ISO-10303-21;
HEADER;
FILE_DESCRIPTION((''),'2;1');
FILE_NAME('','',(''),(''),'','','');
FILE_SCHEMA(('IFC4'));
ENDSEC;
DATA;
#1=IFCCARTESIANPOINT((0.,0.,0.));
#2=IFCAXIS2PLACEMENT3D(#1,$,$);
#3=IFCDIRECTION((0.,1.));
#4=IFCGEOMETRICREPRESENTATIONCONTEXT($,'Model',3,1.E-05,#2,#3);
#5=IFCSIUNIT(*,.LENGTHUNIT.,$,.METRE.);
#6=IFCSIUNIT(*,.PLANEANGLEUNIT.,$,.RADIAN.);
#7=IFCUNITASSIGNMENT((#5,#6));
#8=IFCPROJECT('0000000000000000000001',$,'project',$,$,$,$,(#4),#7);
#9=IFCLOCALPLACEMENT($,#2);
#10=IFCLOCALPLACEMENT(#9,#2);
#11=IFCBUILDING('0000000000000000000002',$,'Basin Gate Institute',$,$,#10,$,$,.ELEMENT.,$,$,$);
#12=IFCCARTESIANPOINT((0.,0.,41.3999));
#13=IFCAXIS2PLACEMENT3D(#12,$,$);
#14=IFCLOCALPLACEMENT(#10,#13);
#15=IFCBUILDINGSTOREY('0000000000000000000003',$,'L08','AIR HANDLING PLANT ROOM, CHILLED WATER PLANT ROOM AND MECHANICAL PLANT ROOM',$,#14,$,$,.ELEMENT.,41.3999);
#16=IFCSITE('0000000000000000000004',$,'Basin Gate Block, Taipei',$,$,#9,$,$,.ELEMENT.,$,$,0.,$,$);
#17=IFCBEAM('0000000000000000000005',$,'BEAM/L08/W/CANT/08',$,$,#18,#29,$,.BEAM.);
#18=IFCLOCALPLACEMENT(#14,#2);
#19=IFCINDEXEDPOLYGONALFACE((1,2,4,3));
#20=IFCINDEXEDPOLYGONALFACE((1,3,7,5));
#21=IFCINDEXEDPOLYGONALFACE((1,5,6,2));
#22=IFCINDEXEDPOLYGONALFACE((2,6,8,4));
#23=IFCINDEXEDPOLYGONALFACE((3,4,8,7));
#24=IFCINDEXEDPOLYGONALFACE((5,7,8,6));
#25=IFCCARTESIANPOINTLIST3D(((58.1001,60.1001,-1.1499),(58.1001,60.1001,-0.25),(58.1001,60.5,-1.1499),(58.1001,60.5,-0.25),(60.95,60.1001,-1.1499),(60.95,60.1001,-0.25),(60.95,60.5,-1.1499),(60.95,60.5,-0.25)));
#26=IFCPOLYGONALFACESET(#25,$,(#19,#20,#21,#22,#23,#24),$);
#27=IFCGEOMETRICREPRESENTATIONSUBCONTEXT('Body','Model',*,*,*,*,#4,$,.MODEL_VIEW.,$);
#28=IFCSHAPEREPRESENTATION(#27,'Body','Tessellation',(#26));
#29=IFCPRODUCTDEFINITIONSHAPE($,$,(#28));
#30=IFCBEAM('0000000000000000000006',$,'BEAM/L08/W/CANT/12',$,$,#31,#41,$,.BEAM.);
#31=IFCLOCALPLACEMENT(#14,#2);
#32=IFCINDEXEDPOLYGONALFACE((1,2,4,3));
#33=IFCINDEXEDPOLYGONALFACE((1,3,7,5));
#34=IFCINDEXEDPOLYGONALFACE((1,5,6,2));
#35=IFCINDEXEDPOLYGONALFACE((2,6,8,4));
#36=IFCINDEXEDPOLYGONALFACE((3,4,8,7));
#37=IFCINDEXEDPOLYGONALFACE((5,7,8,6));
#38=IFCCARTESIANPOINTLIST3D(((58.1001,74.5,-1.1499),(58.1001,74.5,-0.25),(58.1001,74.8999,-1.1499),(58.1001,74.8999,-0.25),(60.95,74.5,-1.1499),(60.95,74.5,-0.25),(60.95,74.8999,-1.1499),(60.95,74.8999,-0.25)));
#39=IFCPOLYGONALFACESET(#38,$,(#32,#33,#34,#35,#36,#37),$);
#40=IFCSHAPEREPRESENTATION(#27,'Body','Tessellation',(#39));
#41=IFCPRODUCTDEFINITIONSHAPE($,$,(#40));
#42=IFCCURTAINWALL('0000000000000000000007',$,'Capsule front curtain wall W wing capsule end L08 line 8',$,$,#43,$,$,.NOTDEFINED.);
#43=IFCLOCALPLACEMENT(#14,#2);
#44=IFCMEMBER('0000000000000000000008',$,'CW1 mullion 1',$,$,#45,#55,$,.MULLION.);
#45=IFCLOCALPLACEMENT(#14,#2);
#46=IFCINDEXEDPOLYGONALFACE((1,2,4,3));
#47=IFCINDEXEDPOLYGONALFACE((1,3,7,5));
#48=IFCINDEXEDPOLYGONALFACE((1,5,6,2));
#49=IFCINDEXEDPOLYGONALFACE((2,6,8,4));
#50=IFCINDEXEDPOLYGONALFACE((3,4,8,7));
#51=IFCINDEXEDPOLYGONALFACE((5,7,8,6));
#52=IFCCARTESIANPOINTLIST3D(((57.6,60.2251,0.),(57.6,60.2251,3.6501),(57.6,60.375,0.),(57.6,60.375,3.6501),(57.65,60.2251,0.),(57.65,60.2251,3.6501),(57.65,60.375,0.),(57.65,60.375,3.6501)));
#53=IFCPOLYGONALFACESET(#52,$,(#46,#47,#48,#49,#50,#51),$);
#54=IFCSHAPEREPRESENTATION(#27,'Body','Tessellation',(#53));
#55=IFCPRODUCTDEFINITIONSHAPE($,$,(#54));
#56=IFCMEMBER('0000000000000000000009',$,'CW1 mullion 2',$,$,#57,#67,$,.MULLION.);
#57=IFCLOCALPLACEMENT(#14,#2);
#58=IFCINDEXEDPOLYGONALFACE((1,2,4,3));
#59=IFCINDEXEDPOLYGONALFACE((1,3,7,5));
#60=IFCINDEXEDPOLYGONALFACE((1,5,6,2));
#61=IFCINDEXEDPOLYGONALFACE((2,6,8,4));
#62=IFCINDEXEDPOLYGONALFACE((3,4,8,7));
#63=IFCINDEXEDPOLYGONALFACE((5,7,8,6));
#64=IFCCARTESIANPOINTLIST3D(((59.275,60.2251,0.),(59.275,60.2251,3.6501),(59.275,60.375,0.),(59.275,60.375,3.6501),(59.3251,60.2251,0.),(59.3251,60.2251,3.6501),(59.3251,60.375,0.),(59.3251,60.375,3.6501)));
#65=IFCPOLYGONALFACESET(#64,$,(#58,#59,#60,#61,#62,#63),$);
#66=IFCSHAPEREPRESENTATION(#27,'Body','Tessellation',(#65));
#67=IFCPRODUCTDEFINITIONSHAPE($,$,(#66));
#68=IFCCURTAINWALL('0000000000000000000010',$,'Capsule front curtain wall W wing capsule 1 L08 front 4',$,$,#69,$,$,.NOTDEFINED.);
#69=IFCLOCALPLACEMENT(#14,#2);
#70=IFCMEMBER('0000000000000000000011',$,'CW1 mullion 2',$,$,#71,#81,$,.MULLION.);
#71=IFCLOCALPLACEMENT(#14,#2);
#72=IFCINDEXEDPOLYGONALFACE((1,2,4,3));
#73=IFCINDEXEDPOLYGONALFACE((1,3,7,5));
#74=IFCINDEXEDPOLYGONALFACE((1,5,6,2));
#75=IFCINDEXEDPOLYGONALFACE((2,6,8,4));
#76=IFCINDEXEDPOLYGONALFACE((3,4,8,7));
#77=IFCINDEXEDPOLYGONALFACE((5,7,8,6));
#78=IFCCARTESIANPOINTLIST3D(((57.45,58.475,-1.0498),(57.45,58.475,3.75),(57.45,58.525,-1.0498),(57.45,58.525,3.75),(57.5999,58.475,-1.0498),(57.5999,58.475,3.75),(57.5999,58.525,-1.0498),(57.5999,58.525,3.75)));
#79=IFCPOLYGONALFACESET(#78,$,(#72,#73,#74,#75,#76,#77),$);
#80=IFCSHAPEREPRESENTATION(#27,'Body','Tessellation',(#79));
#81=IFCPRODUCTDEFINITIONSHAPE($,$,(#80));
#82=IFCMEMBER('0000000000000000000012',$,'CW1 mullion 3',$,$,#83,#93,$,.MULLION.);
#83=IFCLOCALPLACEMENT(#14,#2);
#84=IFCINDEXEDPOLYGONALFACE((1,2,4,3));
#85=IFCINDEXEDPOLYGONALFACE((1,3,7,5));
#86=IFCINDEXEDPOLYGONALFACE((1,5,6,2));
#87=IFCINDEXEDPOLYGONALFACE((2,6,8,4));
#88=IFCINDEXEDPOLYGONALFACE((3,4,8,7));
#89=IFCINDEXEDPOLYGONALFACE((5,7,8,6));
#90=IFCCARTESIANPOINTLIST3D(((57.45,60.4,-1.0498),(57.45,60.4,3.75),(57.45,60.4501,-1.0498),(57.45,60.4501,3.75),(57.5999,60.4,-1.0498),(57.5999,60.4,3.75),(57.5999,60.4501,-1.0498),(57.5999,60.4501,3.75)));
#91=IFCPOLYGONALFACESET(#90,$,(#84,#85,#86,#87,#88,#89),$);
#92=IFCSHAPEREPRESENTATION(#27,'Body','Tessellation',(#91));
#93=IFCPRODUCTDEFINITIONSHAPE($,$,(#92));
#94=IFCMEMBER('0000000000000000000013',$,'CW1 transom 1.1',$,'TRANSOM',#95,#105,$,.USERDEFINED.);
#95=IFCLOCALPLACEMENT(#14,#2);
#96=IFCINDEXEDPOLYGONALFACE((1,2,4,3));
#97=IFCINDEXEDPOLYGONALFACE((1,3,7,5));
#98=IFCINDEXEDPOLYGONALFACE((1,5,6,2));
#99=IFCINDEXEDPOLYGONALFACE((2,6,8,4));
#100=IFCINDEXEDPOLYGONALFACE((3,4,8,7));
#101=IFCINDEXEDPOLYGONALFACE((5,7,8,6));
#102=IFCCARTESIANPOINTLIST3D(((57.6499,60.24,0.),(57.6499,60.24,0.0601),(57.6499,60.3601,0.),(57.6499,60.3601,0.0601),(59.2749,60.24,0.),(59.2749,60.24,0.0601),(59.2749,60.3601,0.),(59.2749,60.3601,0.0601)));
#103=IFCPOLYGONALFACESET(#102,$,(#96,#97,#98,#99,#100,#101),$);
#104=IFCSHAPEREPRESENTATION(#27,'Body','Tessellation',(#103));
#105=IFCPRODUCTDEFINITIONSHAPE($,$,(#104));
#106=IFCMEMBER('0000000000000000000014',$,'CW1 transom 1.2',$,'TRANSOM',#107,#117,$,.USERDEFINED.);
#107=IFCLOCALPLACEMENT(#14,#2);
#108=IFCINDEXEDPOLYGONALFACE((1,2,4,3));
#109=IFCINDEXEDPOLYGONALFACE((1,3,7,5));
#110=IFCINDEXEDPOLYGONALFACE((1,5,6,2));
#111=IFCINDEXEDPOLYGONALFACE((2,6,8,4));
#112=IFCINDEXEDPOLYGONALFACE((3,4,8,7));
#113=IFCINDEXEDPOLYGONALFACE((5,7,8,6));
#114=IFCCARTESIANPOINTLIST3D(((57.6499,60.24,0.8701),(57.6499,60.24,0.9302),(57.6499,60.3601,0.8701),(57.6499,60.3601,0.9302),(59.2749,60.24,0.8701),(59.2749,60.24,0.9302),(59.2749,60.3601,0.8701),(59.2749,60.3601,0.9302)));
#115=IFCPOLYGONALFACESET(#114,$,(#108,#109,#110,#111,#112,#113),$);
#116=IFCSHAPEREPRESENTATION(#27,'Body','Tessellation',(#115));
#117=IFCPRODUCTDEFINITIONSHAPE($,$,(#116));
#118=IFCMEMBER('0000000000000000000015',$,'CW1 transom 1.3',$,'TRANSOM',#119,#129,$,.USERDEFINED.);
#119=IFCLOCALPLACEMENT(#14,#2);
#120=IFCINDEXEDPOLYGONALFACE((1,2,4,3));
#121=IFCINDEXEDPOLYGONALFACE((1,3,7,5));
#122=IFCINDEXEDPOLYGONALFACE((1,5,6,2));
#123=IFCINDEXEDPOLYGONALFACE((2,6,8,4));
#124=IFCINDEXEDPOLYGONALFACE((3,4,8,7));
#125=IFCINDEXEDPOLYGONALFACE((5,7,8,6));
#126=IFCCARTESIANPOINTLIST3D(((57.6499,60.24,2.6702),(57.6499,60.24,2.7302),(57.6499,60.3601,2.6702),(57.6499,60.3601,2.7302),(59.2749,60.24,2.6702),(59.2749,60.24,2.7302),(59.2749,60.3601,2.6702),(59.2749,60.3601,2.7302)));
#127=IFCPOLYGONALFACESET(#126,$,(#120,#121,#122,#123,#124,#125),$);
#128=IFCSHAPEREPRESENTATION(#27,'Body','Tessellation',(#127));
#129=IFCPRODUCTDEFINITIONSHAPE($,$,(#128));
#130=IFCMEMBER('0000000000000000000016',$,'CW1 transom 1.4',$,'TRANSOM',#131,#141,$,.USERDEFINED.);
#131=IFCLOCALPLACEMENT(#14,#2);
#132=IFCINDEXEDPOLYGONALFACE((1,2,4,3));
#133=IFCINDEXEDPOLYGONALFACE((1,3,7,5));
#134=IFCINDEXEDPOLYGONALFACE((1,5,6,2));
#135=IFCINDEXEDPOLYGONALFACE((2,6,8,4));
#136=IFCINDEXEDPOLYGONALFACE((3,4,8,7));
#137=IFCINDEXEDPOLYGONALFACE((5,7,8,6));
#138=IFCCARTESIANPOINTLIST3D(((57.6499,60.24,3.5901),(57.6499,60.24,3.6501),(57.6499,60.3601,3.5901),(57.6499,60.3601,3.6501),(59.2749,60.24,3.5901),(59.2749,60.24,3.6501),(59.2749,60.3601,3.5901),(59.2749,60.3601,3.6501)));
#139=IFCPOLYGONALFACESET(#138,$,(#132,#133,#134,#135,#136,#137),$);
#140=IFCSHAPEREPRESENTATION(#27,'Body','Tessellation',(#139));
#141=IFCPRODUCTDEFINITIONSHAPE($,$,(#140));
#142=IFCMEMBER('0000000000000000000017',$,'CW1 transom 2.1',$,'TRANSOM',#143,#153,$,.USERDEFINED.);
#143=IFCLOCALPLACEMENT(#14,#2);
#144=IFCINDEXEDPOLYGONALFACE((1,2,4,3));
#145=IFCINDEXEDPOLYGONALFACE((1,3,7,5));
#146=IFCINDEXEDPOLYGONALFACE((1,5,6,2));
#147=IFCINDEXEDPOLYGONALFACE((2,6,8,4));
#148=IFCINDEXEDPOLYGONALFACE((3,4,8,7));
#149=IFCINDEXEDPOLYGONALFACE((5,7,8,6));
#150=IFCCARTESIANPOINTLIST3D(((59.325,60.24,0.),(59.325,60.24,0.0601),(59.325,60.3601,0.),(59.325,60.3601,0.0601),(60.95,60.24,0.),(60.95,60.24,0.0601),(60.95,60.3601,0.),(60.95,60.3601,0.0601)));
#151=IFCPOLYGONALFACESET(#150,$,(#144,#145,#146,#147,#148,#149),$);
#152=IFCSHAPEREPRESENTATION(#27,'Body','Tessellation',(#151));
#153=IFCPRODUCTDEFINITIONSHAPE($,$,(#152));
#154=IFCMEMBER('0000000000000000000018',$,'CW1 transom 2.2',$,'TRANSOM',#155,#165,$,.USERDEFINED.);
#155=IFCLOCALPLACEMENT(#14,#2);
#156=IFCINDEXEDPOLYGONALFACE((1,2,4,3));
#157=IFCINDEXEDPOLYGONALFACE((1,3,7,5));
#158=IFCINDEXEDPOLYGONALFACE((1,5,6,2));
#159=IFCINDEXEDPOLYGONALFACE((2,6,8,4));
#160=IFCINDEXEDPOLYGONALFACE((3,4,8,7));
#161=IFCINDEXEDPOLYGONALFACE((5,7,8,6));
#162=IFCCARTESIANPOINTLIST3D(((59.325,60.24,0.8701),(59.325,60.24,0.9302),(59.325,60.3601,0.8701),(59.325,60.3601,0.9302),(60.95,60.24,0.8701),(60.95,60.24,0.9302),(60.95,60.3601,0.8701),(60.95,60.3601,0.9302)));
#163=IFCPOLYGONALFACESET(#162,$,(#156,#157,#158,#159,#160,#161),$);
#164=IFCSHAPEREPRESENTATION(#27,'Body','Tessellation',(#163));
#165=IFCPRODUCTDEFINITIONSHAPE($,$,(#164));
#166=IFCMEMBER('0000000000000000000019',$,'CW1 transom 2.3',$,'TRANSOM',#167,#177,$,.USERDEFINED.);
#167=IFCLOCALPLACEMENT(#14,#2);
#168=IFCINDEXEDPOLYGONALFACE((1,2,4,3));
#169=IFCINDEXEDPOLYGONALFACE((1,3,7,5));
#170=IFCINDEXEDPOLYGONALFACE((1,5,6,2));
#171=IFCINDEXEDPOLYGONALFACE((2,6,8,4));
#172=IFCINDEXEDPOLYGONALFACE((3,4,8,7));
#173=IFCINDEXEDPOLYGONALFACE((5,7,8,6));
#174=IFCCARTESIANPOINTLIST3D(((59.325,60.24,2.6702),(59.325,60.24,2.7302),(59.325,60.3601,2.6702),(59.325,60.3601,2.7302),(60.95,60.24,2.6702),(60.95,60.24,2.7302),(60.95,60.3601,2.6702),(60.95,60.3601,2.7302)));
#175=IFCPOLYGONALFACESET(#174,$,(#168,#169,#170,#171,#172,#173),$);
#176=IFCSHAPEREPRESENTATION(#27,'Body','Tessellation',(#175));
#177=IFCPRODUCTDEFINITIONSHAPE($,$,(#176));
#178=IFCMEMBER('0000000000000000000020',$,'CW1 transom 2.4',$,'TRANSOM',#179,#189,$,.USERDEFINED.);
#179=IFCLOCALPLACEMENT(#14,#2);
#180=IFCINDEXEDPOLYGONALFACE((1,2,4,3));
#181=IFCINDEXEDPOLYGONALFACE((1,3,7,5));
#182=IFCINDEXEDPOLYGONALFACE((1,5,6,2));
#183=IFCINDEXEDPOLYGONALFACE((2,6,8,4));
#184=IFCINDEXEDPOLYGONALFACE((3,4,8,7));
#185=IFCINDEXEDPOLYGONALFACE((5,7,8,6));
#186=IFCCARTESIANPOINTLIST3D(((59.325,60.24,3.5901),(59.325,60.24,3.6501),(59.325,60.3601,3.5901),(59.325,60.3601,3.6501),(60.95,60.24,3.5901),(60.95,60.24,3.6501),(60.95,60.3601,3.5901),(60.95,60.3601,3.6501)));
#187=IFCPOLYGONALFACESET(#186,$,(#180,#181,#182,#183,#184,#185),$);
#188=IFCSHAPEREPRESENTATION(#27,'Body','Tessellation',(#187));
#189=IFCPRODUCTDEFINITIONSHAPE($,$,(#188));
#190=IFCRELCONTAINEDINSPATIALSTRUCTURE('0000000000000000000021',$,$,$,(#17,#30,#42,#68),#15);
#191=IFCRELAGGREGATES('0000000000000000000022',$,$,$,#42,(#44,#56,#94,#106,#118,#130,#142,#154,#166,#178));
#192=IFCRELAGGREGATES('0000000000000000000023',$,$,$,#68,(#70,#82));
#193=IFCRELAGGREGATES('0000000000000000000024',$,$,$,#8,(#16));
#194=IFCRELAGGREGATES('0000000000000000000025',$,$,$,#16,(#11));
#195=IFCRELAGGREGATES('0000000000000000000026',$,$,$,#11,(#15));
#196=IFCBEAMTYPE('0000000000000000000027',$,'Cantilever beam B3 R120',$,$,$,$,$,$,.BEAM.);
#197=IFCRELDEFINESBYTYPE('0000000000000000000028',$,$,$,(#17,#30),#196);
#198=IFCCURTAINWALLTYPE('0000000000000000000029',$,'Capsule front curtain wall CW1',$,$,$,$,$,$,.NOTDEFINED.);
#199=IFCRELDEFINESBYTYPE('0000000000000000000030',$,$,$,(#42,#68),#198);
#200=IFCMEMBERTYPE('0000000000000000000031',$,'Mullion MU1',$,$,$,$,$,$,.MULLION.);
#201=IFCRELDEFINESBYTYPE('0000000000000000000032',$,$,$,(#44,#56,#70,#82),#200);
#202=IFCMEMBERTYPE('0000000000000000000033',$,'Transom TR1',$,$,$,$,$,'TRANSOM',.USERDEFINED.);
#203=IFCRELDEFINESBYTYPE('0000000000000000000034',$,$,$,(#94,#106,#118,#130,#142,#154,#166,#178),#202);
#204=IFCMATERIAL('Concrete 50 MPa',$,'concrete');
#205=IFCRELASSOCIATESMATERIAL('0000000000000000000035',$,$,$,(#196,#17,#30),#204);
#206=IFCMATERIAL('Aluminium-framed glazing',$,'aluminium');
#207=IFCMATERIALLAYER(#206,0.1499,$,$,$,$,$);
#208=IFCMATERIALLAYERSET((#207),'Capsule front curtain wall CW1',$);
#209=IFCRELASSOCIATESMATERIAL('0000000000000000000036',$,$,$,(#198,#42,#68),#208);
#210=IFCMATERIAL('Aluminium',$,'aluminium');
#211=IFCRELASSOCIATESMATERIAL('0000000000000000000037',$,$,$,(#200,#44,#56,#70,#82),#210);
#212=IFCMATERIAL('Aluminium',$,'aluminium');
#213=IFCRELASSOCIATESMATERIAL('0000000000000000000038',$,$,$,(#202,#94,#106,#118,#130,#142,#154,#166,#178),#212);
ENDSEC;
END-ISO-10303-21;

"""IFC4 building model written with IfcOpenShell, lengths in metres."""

from ifc_helpers import new_model, si_unit, direction, frame, origin, origin_2d, place, context, subcontext, project, spatial, rectangle, extrude, material, layer, layer_set, material_profile, profile_set, type_object, element, aggregate, save


model = new_model("IFC4")

# Units and contexts
model_context = context("Model", 3, precision=1e-05, world=origin(), true_north=direction((0.0, 1.0)))
body_context = subcontext(model_context, "Body", "Model", "MODEL_VIEW")
ifc_project = project(units=[si_unit("LENGTHUNIT", "METRE"), si_unit("PLANEANGLEUNIT", "RADIAN")], contexts=[model_context])

# Site, building, storey
site_placement = place(None, origin())
site = spatial("IfcSite", under=ifc_project, at=site_placement, Name="Basin Gate Block, Taipei", CompositionType="ELEMENT", RefElevation=0.0)
building_placement = place(site_placement, origin())
building = spatial("IfcBuilding", under=site, at=building_placement, Name="Basin Gate Institute", CompositionType="ELEMENT")
storey_placement = place(building_placement, frame((0.0, 0.0, 41.3999)))
storey = spatial("IfcBuildingStorey", under=building, at=storey_placement, Name="L08", Description="AIR HANDLING PLANT ROOM, CHILLED WATER PLANT ROOM AND MECHANICAL PLANT ROOM", CompositionType="ELEMENT", Elevation=41.3999)

# Beams
ifc_material_1 = material(Name="Concrete 50 MPa", Category="concrete")
ifc_material_profile_1 = material_profile(ifc_material_1, rectangle(XDim=0.3999, YDim=0.8999, at=origin_2d()), Name="Cantilever beam B3 400 x 900")
ifc_profile_set_1 = profile_set([ifc_material_profile_1], Name="Concrete 50 MPa")
beam_type = type_object("IfcBeamType", Name="Cantilever beam B3 R120", PredefinedType="BEAM", material=ifc_profile_set_1)
for number, where, z_axis, x_axis, name in (
    (1, (58.1001, 60.3, -0.7), (1.0, 0.0, 0.0), (0.0, 1.0, 0.0), "BEAM/L08/W/CANT/08"),
    (2, (58.1001, 74.7, -0.7), (1.0, 0.0, 0.0), (0.0, 1.0, 0.0), "BEAM/L08/W/CANT/12"),
):
    element("IfcBeam", number, at=place(storey_placement, frame(where, z_axis=z_axis, x_axis=x_axis)), inside=storey, type_object=beam_type, material=ifc_profile_set_1, Name=name, PredefinedType="BEAM", context=body_context, shape_type="SweptSolid", body=[
        extrude(rectangle(XDim=0.3999, YDim=0.8999, at=origin_2d()), origin(), (0.0, 0.0, 1.0), 2.8499),
    ])

# Curtain walls, members
ifc_material_2 = material(Name="Aluminium-framed glazing", Category="aluminium")
ifc_layer_1 = layer(ifc_material_2, 0.1499)
ifc_layer_set_1 = layer_set([ifc_layer_1], Name="Capsule front curtain wall CW1")
curtain_wall_type = type_object("IfcCurtainWallType", Name="Capsule front curtain wall CW1", PredefinedType="NOTDEFINED", material=ifc_layer_set_1)
curtain_wall_1_placement = place(storey_placement, origin())
curtain_wall_1 = element("IfcCurtainWall", 3, at=curtain_wall_1_placement, inside=storey, type_object=curtain_wall_type, material=ifc_layer_set_1, Name="Capsule front curtain wall W wing capsule end L08 line 8", PredefinedType="NOTDEFINED")
ifc_material_3 = material(Name="Aluminium", Category="aluminium")
ifc_material_profile_2 = material_profile(ifc_material_3, rectangle(XDim=0.1499, YDim=0.05, at=origin_2d()), Name="Mullion MU1 150 x 50")
ifc_profile_set_2 = profile_set([ifc_material_profile_2], Name="Aluminium")
member_type_1 = type_object("IfcMemberType", Name="Mullion MU1", PredefinedType="MULLION", material=ifc_profile_set_2)
member_1_placement = place(storey_placement, frame((57.625, 60.3, 0.0), z_axis=(0.0, 0.0, 1.0), x_axis=(0.0, 1.0, 0.0)))
member_1 = element("IfcMember", 4, at=member_1_placement, type_object=member_type_1, material=ifc_profile_set_2, Name="CW1 mullion 1", PredefinedType="MULLION", context=body_context, shape_type="SweptSolid", body=[
    extrude(rectangle(XDim=0.1499, YDim=0.05, at=origin_2d()), origin(), (0.0, 0.0, 1.0), 3.6501),
])
member_2_placement = place(storey_placement, frame((59.3, 60.3, 0.0), z_axis=(0.0, 0.0, 1.0), x_axis=(0.0, 1.0, 0.0)))
member_2 = element("IfcMember", 5, at=member_2_placement, type_object=member_type_1, material=ifc_profile_set_2, Name="CW1 mullion 2", PredefinedType="MULLION", context=body_context, shape_type="SweptSolid", body=[
    extrude(rectangle(XDim=0.1499, YDim=0.05, at=origin_2d()), origin(), (0.0, 0.0, 1.0), 3.6501),
])
curtain_wall_2_placement = place(storey_placement, origin())
curtain_wall_2 = element("IfcCurtainWall", 6, at=curtain_wall_2_placement, inside=storey, type_object=curtain_wall_type, material=ifc_layer_set_1, Name="Capsule front curtain wall W wing capsule 1 L08 front 4", PredefinedType="NOTDEFINED")
member_3_placement = place(storey_placement, frame((57.5249, 58.5, -1.0498), z_axis=(0.0, 0.0, 1.0), x_axis=(-1.0, 0.0, 0.0)))
member_3 = element("IfcMember", 7, at=member_3_placement, type_object=member_type_1, material=ifc_profile_set_2, Name="CW1 mullion 2", PredefinedType="MULLION", context=body_context, shape_type="SweptSolid", body=[
    extrude(rectangle(XDim=0.1499, YDim=0.05, at=origin_2d()), origin(), (0.0, 0.0, 1.0), 4.7998),
])
member_4_placement = place(storey_placement, frame((57.5249, 60.425, -1.0498), z_axis=(0.0, 0.0, 1.0), x_axis=(-1.0, 0.0, 0.0)))
member_4 = element("IfcMember", 8, at=member_4_placement, type_object=member_type_1, material=ifc_profile_set_2, Name="CW1 mullion 3", PredefinedType="MULLION", context=body_context, shape_type="SweptSolid", body=[
    extrude(rectangle(XDim=0.1499, YDim=0.05, at=origin_2d()), origin(), (0.0, 0.0, 1.0), 4.7998),
])

# Members
ifc_material_4 = material(Name="Aluminium", Category="aluminium")
ifc_material_profile_3 = material_profile(ifc_material_4, rectangle(XDim=0.1201, YDim=0.0601, at=origin_2d()), Name="Transom TR1 120 x 60")
ifc_profile_set_3 = profile_set([ifc_material_profile_3], Name="Aluminium")
member_type_2 = type_object("IfcMemberType", Name="Transom TR1", ElementType="TRANSOM", PredefinedType="USERDEFINED", material=ifc_profile_set_3)
member_5_placement = place(storey_placement, frame((57.6499, 60.3, 0.03), z_axis=(1.0, 0.0, 0.0), x_axis=(0.0, 1.0, 0.0)))
member_5 = element("IfcMember", 9, at=member_5_placement, type_object=member_type_2, material=ifc_profile_set_3, Name="CW1 transom 1.1", ObjectType="TRANSOM", PredefinedType="USERDEFINED", context=body_context, shape_type="SweptSolid", body=[
    extrude(rectangle(XDim=0.1201, YDim=0.0601, at=origin_2d()), origin(), (0.0, 0.0, 1.0), 1.625),
])
member_6_placement = place(storey_placement, frame((57.6499, 60.3, 0.9001), z_axis=(1.0, 0.0, 0.0), x_axis=(0.0, 1.0, 0.0)))
member_6 = element("IfcMember", 10, at=member_6_placement, type_object=member_type_2, material=ifc_profile_set_3, Name="CW1 transom 1.2", ObjectType="TRANSOM", PredefinedType="USERDEFINED", context=body_context, shape_type="SweptSolid", body=[
    extrude(rectangle(XDim=0.1201, YDim=0.0601, at=origin_2d()), origin(), (0.0, 0.0, 1.0), 1.625),
])
member_7_placement = place(storey_placement, frame((57.6499, 60.3, 2.7002), z_axis=(1.0, 0.0, 0.0), x_axis=(0.0, 1.0, 0.0)))
member_7 = element("IfcMember", 11, at=member_7_placement, type_object=member_type_2, material=ifc_profile_set_3, Name="CW1 transom 1.3", ObjectType="TRANSOM", PredefinedType="USERDEFINED", context=body_context, shape_type="SweptSolid", body=[
    extrude(rectangle(XDim=0.1201, YDim=0.0601, at=origin_2d()), origin(), (0.0, 0.0, 1.0), 1.625),
])
member_8_placement = place(storey_placement, frame((57.6499, 60.3, 3.6201), z_axis=(1.0, 0.0, 0.0), x_axis=(0.0, 1.0, 0.0)))
member_8 = element("IfcMember", 12, at=member_8_placement, type_object=member_type_2, material=ifc_profile_set_3, Name="CW1 transom 1.4", ObjectType="TRANSOM", PredefinedType="USERDEFINED", context=body_context, shape_type="SweptSolid", body=[
    extrude(rectangle(XDim=0.1201, YDim=0.0601, at=origin_2d()), origin(), (0.0, 0.0, 1.0), 1.625),
])
member_9_placement = place(storey_placement, frame((59.325, 60.3, 0.03), z_axis=(1.0, 0.0, 0.0), x_axis=(0.0, 1.0, 0.0)))
member_9 = element("IfcMember", 13, at=member_9_placement, type_object=member_type_2, material=ifc_profile_set_3, Name="CW1 transom 2.1", ObjectType="TRANSOM", PredefinedType="USERDEFINED", context=body_context, shape_type="SweptSolid", body=[
    extrude(rectangle(XDim=0.1201, YDim=0.0601, at=origin_2d()), origin(), (0.0, 0.0, 1.0), 1.625),
])
member_10_placement = place(storey_placement, frame((59.325, 60.3, 0.9001), z_axis=(1.0, 0.0, 0.0), x_axis=(0.0, 1.0, 0.0)))
member_10 = element("IfcMember", 14, at=member_10_placement, type_object=member_type_2, material=ifc_profile_set_3, Name="CW1 transom 2.2", ObjectType="TRANSOM", PredefinedType="USERDEFINED", context=body_context, shape_type="SweptSolid", body=[
    extrude(rectangle(XDim=0.1201, YDim=0.0601, at=origin_2d()), origin(), (0.0, 0.0, 1.0), 1.625),
])
member_11_placement = place(storey_placement, frame((59.325, 60.3, 2.7002), z_axis=(1.0, 0.0, 0.0), x_axis=(0.0, 1.0, 0.0)))
member_11 = element("IfcMember", 15, at=member_11_placement, type_object=member_type_2, material=ifc_profile_set_3, Name="CW1 transom 2.3", ObjectType="TRANSOM", PredefinedType="USERDEFINED", context=body_context, shape_type="SweptSolid", body=[
    extrude(rectangle(XDim=0.1201, YDim=0.0601, at=origin_2d()), origin(), (0.0, 0.0, 1.0), 1.625),
])
member_12_placement = place(storey_placement, frame((59.325, 60.3, 3.6201), z_axis=(1.0, 0.0, 0.0), x_axis=(0.0, 1.0, 0.0)))
member_12 = element("IfcMember", 16, at=member_12_placement, type_object=member_type_2, material=ifc_profile_set_3, Name="CW1 transom 2.4", ObjectType="TRANSOM", PredefinedType="USERDEFINED", context=body_context, shape_type="SweptSolid", body=[
    extrude(rectangle(XDim=0.1201, YDim=0.0601, at=origin_2d()), origin(), (0.0, 0.0, 1.0), 1.625),
])

aggregate(curtain_wall_1, [member_1, member_2, member_5, member_6, member_7, member_8, member_9, member_10, member_11, member_12])
aggregate(curtain_wall_2, [member_3, member_4])

save(model, "model.ifc")
